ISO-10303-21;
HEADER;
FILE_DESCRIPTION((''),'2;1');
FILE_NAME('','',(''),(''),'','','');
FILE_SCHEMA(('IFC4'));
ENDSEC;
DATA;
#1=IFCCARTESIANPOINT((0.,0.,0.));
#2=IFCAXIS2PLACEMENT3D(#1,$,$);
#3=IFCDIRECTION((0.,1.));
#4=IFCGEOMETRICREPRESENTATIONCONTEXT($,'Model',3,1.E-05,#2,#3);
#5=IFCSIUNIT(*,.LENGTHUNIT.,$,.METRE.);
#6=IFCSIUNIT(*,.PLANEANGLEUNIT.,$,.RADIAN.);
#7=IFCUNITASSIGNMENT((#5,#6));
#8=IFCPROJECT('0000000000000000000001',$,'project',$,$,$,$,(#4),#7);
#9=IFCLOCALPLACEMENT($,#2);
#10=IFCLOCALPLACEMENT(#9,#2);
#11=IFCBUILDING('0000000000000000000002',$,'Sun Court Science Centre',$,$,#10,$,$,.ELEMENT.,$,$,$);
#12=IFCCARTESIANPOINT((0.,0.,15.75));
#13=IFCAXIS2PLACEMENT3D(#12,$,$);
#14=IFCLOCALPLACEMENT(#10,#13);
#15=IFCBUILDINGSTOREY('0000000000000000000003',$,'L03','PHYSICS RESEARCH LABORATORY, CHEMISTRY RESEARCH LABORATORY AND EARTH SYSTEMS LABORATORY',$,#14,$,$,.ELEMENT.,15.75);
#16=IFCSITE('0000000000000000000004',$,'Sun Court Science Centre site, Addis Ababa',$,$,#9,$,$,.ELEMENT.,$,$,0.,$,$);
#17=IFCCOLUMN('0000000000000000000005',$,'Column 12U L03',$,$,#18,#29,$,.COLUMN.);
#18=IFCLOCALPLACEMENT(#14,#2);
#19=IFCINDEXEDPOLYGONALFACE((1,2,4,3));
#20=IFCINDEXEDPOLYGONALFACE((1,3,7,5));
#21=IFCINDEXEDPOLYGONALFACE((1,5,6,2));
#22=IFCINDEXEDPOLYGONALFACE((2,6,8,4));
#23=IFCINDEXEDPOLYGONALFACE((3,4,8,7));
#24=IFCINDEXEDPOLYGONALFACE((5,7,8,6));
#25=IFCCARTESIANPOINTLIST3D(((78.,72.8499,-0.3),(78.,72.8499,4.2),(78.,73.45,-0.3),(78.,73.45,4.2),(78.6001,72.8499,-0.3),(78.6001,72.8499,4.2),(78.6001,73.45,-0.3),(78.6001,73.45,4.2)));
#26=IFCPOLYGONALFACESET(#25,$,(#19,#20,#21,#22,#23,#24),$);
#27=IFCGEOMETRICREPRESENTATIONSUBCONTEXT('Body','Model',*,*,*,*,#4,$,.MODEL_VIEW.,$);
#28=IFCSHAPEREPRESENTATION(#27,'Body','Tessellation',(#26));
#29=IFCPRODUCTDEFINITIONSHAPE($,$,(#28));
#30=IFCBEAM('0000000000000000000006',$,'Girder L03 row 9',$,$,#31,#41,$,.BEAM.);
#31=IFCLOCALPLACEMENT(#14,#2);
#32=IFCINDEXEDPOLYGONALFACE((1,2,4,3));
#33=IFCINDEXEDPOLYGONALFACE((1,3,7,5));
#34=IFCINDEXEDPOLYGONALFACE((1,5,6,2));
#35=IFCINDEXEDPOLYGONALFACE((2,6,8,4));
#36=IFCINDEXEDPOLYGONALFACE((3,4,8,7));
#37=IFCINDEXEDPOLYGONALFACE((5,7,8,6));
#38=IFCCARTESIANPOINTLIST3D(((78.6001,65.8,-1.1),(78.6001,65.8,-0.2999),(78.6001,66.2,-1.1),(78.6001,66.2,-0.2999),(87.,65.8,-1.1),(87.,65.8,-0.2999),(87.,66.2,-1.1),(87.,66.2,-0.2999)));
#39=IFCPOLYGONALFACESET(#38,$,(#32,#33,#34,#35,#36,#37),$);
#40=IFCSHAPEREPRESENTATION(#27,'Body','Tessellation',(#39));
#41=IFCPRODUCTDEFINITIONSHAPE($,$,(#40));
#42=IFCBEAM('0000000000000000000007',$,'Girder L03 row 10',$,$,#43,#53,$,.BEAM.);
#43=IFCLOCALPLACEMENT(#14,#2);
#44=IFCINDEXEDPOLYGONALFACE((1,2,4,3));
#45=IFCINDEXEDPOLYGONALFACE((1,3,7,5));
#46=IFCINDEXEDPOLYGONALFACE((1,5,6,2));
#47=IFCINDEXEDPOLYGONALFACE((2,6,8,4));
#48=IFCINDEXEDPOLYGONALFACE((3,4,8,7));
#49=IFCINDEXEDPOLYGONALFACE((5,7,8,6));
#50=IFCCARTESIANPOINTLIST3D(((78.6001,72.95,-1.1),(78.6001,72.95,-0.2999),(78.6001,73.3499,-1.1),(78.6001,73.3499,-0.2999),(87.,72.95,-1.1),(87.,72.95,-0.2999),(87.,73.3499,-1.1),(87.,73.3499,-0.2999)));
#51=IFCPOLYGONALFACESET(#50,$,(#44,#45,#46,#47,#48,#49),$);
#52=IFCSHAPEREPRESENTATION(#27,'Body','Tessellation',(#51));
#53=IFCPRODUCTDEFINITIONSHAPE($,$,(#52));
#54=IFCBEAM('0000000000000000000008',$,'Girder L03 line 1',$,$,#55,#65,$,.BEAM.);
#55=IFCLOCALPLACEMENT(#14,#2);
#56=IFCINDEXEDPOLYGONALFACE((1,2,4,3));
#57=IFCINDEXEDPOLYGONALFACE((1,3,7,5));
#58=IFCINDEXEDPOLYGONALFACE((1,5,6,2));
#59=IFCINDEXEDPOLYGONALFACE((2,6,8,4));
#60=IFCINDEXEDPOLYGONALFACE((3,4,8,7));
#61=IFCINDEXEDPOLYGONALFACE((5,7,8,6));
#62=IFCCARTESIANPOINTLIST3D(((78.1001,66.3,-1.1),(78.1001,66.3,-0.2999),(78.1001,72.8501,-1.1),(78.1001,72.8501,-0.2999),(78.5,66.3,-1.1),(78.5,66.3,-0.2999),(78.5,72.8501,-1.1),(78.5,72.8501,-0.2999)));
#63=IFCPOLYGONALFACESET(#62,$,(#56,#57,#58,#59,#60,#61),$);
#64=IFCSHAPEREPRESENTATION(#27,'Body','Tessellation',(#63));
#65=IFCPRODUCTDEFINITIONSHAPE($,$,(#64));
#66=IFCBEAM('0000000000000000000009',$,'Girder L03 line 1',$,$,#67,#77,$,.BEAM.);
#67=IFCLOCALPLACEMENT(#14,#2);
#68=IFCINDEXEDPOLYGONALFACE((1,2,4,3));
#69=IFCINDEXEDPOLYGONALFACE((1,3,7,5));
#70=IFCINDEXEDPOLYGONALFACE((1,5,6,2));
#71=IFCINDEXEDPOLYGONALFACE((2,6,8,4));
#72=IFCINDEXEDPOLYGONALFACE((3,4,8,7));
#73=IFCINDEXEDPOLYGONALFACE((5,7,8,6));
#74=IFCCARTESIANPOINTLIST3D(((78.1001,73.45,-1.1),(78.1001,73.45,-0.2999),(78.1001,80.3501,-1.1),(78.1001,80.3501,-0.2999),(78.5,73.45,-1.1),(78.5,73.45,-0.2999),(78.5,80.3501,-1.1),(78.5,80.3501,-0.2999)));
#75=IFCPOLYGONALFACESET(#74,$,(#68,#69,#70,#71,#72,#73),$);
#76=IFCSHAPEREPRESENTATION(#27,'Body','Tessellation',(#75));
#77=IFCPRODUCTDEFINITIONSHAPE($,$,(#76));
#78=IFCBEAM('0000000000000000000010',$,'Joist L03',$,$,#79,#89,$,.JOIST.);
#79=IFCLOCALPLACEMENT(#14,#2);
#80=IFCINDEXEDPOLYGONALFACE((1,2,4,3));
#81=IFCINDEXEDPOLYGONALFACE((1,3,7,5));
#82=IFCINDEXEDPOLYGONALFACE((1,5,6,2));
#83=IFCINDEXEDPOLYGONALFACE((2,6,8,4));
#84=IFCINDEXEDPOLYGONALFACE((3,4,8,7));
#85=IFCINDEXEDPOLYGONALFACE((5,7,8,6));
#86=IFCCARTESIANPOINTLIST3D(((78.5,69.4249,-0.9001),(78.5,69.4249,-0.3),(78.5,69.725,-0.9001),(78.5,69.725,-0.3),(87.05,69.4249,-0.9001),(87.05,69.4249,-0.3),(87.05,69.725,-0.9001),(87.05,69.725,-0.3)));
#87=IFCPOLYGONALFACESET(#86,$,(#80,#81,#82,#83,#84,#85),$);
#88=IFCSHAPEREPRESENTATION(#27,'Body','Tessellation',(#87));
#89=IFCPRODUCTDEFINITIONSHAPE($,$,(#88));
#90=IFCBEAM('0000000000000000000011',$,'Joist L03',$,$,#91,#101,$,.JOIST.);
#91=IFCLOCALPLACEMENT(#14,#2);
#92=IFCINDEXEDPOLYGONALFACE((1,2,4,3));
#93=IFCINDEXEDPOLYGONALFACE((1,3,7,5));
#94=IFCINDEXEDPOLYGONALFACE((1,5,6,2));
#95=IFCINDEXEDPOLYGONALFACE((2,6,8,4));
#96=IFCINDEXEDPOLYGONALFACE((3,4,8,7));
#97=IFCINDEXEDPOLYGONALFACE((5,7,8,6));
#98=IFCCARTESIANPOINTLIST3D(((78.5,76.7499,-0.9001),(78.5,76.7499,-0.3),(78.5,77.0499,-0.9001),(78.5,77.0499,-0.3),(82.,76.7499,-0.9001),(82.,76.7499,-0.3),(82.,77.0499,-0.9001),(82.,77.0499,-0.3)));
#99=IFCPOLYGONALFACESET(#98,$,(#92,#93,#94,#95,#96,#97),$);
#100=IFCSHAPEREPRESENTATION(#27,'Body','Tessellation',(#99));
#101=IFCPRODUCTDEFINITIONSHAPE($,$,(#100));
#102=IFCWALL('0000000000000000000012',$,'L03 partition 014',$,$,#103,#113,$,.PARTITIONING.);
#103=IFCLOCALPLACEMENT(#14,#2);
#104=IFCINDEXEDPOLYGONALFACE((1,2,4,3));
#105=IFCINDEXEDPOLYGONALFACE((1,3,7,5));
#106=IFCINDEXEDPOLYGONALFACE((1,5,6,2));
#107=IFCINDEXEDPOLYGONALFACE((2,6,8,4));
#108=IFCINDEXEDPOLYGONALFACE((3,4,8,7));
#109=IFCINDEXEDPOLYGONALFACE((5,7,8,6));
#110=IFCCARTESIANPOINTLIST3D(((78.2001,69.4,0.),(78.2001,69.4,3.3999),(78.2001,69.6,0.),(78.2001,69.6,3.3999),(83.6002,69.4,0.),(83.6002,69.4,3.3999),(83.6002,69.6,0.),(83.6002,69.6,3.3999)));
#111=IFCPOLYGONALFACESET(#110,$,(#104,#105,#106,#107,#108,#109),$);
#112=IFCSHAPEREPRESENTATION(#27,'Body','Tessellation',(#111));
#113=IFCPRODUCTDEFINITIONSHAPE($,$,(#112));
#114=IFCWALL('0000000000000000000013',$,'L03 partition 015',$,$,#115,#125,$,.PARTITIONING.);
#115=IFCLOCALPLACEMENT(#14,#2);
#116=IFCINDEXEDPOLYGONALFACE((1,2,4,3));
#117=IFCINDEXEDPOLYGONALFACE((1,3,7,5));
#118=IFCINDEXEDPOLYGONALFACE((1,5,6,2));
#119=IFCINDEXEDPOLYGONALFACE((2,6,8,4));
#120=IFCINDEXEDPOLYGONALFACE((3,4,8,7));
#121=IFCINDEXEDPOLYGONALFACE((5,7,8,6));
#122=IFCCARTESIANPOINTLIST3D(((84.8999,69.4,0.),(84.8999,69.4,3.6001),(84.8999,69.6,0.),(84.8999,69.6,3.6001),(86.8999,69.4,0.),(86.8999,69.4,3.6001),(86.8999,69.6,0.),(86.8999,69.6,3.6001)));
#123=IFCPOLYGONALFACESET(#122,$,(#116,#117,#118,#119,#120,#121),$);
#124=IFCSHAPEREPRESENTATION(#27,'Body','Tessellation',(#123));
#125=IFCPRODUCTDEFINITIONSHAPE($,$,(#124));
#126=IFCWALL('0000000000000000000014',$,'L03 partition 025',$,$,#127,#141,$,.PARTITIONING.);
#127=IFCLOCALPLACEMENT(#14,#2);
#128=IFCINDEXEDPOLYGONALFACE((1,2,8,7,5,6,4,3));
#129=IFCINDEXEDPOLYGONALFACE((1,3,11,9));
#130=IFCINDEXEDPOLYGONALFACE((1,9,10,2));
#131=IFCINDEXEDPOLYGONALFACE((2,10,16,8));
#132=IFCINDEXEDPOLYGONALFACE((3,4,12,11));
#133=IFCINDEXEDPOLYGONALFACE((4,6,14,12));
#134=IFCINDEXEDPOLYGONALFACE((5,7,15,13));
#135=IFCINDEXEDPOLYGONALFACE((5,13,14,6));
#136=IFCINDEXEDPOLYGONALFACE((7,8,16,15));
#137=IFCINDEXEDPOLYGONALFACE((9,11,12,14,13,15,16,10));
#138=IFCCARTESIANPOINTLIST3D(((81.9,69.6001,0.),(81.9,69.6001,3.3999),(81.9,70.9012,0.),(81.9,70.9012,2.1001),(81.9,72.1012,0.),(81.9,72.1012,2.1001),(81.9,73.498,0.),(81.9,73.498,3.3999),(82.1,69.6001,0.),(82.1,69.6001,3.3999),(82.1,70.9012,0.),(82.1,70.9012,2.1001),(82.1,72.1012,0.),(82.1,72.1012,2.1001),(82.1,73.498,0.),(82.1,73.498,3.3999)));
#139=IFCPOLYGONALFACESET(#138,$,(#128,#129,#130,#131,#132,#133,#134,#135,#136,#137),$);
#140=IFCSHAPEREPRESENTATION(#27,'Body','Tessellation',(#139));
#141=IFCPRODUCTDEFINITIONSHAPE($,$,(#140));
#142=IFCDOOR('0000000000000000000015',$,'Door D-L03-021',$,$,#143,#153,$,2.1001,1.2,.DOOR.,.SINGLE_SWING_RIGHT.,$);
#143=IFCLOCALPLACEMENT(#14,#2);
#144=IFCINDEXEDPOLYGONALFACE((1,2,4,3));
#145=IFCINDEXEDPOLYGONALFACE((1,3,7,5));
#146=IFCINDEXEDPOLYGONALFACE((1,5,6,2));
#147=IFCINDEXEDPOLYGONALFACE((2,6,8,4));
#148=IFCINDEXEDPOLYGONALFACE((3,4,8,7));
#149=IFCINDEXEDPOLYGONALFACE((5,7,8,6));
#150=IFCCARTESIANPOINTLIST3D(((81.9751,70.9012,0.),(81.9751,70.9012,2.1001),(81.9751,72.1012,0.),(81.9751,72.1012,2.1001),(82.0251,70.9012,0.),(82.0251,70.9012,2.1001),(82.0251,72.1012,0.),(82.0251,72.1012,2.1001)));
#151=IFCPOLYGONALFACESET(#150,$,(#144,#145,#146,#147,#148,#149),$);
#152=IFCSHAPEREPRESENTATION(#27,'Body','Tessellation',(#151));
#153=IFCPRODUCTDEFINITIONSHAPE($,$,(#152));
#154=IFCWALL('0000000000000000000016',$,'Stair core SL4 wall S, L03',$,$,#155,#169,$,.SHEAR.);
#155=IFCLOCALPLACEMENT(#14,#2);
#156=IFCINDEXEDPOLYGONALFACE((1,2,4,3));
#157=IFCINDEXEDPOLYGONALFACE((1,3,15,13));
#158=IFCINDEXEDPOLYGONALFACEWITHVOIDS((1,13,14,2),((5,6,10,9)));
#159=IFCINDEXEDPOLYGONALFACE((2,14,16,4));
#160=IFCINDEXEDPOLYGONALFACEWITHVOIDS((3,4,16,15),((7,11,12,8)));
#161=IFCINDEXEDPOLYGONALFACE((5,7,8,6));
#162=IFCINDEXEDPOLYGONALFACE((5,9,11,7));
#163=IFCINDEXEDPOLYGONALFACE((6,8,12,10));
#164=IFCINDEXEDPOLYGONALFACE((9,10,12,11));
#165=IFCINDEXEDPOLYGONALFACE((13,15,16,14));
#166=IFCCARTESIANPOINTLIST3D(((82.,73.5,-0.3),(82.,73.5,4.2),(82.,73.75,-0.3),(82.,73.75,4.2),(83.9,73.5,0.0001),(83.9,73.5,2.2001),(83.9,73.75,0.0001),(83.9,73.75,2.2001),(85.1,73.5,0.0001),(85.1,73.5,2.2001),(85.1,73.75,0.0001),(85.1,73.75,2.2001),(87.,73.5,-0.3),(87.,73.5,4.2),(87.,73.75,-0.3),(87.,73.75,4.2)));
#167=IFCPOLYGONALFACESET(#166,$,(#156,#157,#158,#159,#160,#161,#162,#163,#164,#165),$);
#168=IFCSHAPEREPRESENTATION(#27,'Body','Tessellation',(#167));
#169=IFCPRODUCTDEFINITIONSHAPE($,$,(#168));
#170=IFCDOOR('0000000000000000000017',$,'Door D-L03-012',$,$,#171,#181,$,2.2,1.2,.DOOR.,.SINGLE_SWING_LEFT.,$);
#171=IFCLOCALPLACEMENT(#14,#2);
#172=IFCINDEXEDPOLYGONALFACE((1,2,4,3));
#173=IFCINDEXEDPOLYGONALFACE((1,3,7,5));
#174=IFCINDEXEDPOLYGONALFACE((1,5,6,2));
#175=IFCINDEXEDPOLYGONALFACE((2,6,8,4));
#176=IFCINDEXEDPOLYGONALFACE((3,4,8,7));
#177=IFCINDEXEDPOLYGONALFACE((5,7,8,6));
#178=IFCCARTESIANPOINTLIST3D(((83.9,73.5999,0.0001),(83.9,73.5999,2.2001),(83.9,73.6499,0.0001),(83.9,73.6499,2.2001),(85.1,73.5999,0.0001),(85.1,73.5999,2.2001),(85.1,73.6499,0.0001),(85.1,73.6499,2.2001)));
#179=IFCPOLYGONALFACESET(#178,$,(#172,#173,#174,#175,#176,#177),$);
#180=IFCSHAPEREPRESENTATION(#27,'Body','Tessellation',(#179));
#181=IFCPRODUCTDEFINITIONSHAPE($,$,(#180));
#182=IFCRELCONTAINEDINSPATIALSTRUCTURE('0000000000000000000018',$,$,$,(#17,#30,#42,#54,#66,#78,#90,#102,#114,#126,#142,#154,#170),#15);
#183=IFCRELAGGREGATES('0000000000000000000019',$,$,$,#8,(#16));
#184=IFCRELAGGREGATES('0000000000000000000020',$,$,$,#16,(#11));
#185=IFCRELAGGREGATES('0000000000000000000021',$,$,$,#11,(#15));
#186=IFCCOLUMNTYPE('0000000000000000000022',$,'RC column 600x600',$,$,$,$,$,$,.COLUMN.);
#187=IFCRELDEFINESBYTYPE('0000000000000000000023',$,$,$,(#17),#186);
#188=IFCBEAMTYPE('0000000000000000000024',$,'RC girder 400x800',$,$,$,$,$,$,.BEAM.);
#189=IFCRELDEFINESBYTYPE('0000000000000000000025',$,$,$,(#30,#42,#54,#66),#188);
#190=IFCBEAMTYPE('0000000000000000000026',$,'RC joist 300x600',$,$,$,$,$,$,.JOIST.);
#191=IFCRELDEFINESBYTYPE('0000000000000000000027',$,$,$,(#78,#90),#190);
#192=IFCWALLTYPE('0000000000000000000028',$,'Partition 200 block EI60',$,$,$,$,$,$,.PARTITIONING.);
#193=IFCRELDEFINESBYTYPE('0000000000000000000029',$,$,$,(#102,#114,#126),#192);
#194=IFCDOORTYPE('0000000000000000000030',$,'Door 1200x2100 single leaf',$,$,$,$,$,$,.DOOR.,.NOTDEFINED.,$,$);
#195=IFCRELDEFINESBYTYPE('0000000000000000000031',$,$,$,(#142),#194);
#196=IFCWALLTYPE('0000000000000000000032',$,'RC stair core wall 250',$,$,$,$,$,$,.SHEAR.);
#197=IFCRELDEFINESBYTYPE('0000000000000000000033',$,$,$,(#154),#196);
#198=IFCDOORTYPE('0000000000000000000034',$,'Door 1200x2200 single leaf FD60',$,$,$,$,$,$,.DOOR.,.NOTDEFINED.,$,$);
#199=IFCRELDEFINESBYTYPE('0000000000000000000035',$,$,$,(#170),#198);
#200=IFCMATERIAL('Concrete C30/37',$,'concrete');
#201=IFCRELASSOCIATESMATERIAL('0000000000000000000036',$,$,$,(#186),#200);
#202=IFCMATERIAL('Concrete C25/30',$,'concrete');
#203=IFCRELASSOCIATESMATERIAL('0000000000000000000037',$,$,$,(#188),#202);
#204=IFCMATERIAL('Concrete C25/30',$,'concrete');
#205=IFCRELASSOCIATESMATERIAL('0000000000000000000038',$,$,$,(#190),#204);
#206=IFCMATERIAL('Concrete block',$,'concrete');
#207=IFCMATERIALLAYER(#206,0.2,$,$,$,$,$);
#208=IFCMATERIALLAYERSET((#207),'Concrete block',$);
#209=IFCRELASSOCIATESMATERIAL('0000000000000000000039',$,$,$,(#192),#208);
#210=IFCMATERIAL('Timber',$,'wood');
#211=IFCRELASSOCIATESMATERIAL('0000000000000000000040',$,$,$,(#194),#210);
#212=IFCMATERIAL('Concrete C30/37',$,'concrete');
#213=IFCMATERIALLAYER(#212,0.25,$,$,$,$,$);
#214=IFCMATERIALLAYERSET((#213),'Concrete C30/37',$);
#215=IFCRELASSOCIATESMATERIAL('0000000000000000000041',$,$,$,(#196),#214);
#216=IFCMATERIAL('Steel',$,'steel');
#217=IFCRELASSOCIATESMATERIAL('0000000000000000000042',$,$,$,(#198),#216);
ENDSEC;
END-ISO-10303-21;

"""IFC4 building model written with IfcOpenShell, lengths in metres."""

from ifc_helpers import new_model, si_unit, direction, frame, frame_2d, origin, origin_2d, place, context, subcontext, project, spatial, rectangle, extrude, material, layer, layer_set, material_profile, profile_set, type_object, element, fill, save


model = new_model("IFC4")

# Units and contexts
model_context = context("Model", 3, precision=1e-05, world=origin(), true_north=direction((0.0, 1.0)))
body_context = subcontext(model_context, "Body", "Model", "MODEL_VIEW")
ifc_project = project(units=[si_unit("LENGTHUNIT", "METRE"), si_unit("PLANEANGLEUNIT", "RADIAN")], contexts=[model_context])

# Site, building, storey
site_placement = place(None, origin())
site = spatial("IfcSite", under=ifc_project, at=site_placement, Name="Sun Court Science Centre site, Addis Ababa", CompositionType="ELEMENT", RefElevation=0.0)
building_placement = place(site_placement, origin())
building = spatial("IfcBuilding", under=site, at=building_placement, Name="Sun Court Science Centre", CompositionType="ELEMENT")
storey_placement = place(building_placement, frame((0.0, 0.0, 15.75)))
storey = spatial("IfcBuildingStorey", under=building, at=storey_placement, Name="L03", Description="PHYSICS RESEARCH LABORATORY, CHEMISTRY RESEARCH LABORATORY AND EARTH SYSTEMS LABORATORY", CompositionType="ELEMENT", Elevation=15.75)

# Column
ifc_material_1 = material(Name="Concrete C30/37", Category="concrete")
ifc_material_profile_1 = material_profile(ifc_material_1, rectangle(XDim=0.6001, YDim=0.6001, at=origin_2d()), Name="RC 600x600")
ifc_profile_set_1 = profile_set([ifc_material_profile_1], Name="Concrete C30/37")
column_type = type_object("IfcColumnType", Name="RC column 600x600", PredefinedType="COLUMN", material=ifc_profile_set_1)
column_placement = place(storey_placement, frame((78.3, 73.1499, -0.3), z_axis=(0.0, 0.0, 1.0), x_axis=(1.0, 0.0, 0.0)))
element("IfcColumn", 1, at=column_placement, inside=storey, type_object=column_type, Name="Column 12U L03", PredefinedType="COLUMN", context=body_context, shape_type="SweptSolid", body=[
    extrude(rectangle(XDim=0.6001, YDim=0.6001, at=origin_2d()), origin(), (0.0, 0.0, 1.0), 4.5),
])

# Beams
ifc_material_2 = material(Name="Concrete C25/30", Category="concrete")
ifc_material_profile_2 = material_profile(ifc_material_2, rectangle(XDim=0.3999, YDim=0.8, at=origin_2d()), Name="RC 400x800")
ifc_profile_set_2 = profile_set([ifc_material_profile_2], Name="Concrete C25/30")
beam_type_1 = type_object("IfcBeamType", Name="RC girder 400x800", PredefinedType="BEAM", material=ifc_profile_set_2)
for number, where, z_axis, x_axis, name in (
    (2, (78.6001, 66.0, -0.7), (1.0, 0.0, 0.0), (0.0, 1.0, 0.0), "Girder L03 row 9"),
    (3, (78.6001, 73.1499, -0.7), (1.0, 0.0, 0.0), (0.0, 1.0, 0.0), "Girder L03 row 10"),
):
    element("IfcBeam", number, at=place(storey_placement, frame(where, z_axis=z_axis, x_axis=x_axis)), inside=storey, type_object=beam_type_1, Name=name, PredefinedType="BEAM", context=body_context, shape_type="SweptSolid", body=[
        extrude(rectangle(XDim=0.3999, YDim=0.8, at=origin_2d()), origin(), (0.0, 0.0, 1.0), 8.3999),
    ])
beam_1_placement = place(storey_placement, frame((78.3, 66.3, -0.7), z_axis=(0.0, 1.0, 0.0), x_axis=(-1.0, 0.0, 0.0)))
element("IfcBeam", 4, at=beam_1_placement, inside=storey, type_object=beam_type_1, Name="Girder L03 line 1", PredefinedType="BEAM", context=body_context, shape_type="SweptSolid", body=[
    extrude(rectangle(XDim=0.3999, YDim=0.8, at=origin_2d()), origin(), (0.0, 0.0, 1.0), 6.55),
])
beam_2_placement = place(storey_placement, frame((78.3, 73.45, -0.7), z_axis=(0.0, 1.0, 0.0), x_axis=(-1.0, 0.0, 0.0)))
element("IfcBeam", 5, at=beam_2_placement, inside=storey, type_object=beam_type_1, Name="Girder L03 line 1", PredefinedType="BEAM", context=body_context, shape_type="SweptSolid", body=[
    extrude(rectangle(XDim=0.3999, YDim=0.8, at=origin_2d()), origin(), (0.0, 0.0, 1.0), 6.9001),
])
ifc_material_3 = material(Name="Concrete C25/30", Category="concrete")
ifc_material_profile_3 = material_profile(ifc_material_3, rectangle(XDim=0.3, YDim=0.6001, at=origin_2d()), Name="RC 300x600")
ifc_profile_set_3 = profile_set([ifc_material_profile_3], Name="Concrete C25/30")
beam_type_2 = type_object("IfcBeamType", Name="RC joist 300x600", PredefinedType="JOIST", material=ifc_profile_set_3)
beam_3_placement = place(storey_placement, frame((78.5, 69.575, -0.6001), z_axis=(1.0, 0.0, 0.0), x_axis=(0.0, 1.0, 0.0)))
element("IfcBeam", 6, at=beam_3_placement, inside=storey, type_object=beam_type_2, Name="Joist L03", PredefinedType="JOIST", context=body_context, shape_type="SweptSolid", body=[
    extrude(rectangle(XDim=0.3, YDim=0.6001, at=origin_2d()), origin(), (0.0, 0.0, 1.0), 8.55),
])
beam_4_placement = place(storey_placement, frame((78.5, 76.8999, -0.6001), z_axis=(1.0, 0.0, 0.0), x_axis=(0.0, 1.0, 0.0)))
element("IfcBeam", 7, at=beam_4_placement, inside=storey, type_object=beam_type_2, Name="Joist L03", PredefinedType="JOIST", context=body_context, shape_type="SweptSolid", body=[
    extrude(rectangle(XDim=0.3, YDim=0.6001, at=origin_2d()), origin(), (0.0, 0.0, 1.0), 3.5),
])

# Walls
ifc_material_4 = material(Name="Concrete block", Category="concrete")
ifc_layer_1 = layer(ifc_material_4, 0.2)
ifc_layer_set_1 = layer_set([ifc_layer_1], Name="Concrete block")
wall_type_1 = type_object("IfcWallType", Name="Partition 200 block EI60", PredefinedType="PARTITIONING", material=ifc_layer_set_1)
wall_1_placement = place(storey_placement, frame((78.2, 69.5, 0.0), z_axis=(0.0, 0.0, 1.0), x_axis=(1.0, 0.0, 0.0)))
element("IfcWall", 8, at=wall_1_placement, inside=storey, type_object=wall_type_1, Name="L03 partition 014", PredefinedType="PARTITIONING", context=body_context, shape_type="SweptSolid", body=[
    extrude(rectangle(XDim=5.4001, YDim=0.2, at=frame_2d((2.7002, 0.0))), origin(), (0.0, 0.0, 1.0), 3.3999),
])
wall_2_placement = place(storey_placement, frame((84.8999, 69.5, 0.0), z_axis=(0.0, 0.0, 1.0), x_axis=(1.0, 0.0, 0.0)))
element("IfcWall", 9, at=wall_2_placement, inside=storey, type_object=wall_type_1, Name="L03 partition 015", PredefinedType="PARTITIONING", context=body_context, shape_type="SweptSolid", body=[
    extrude(rectangle(XDim=2.0, YDim=0.2, at=frame_2d((1.0, 0.0))), origin(), (0.0, 0.0, 1.0), 3.6001),
])

# Walls, openings, doors
wall_3_placement = place(storey_placement, frame((82.0, 69.6001, 0.0), z_axis=(0.0, 0.0, 1.0), x_axis=(0.0, 1.0, 0.0)))
wall_3 = element("IfcWall", 10, at=wall_3_placement, inside=storey, type_object=wall_type_1, Name="L03 partition 025", PredefinedType="PARTITIONING", context=body_context, shape_type="SweptSolid", body=[
    extrude(rectangle(XDim=3.8979, YDim=0.2, at=frame_2d((1.949, 0.0))), origin(), (0.0, 0.0, 1.0), 3.3999),
])
opening_1_placement = place(wall_3_placement, frame((1.301, 0.0, 0.0)))
opening_1 = element("IfcOpeningElement", 11, at=opening_1_placement, cuts=wall_3, PredefinedType="OPENING", context=body_context, shape_type="SweptSolid", body=[
    extrude(rectangle(XDim=1.2, YDim=2.1001, at=frame_2d((0.6001, 1.05))), frame((0.0, 0.1099, 0.0), z_axis=(0.0, -1.0, 0.0), x_axis=(1.0, 0.0, 0.0)), (0.0, 0.0, 1.0), 0.22),
])
ifc_material_5 = material(Name="Timber", Category="wood")
door_type_1 = type_object("IfcDoorType", Name="Door 1200x2100 single leaf", OperationType="NOTDEFINED", PredefinedType="DOOR", material=ifc_material_5)
door_1_placement = place(opening_1_placement, origin())
door_1 = element("IfcDoor", 12, at=door_1_placement, inside=storey, type_object=door_type_1, Name="Door D-L03-021", OperationType="SINGLE_SWING_RIGHT", OverallHeight=2.1001, OverallWidth=1.2, PredefinedType="DOOR", context=body_context, shape_type="SweptSolid", body=[
    extrude(rectangle(XDim=1.2, YDim=2.1001, at=frame_2d((0.6001, 1.05))), frame((0.0, 0.0249, 0.0), z_axis=(0.0, -1.0, 0.0), x_axis=(1.0, 0.0, 0.0)), (0.0, 0.0, 1.0), 0.05),
])
fill(opening_1, door_1)
ifc_material_6 = material(Name="Concrete C30/37", Category="concrete")
ifc_layer_2 = layer(ifc_material_6, 0.25)
ifc_layer_set_2 = layer_set([ifc_layer_2], Name="Concrete C30/37")
wall_type_2 = type_object("IfcWallType", Name="RC stair core wall 250", PredefinedType="SHEAR", material=ifc_layer_set_2)
wall_4_placement = place(storey_placement, frame((82.0, 73.625, -0.3), z_axis=(0.0, 0.0, 1.0), x_axis=(1.0, 0.0, 0.0)))
wall_4 = element("IfcWall", 13, at=wall_4_placement, inside=storey, type_object=wall_type_2, Name="Stair core SL4 wall S, L03", PredefinedType="SHEAR", context=body_context, shape_type="SweptSolid", body=[
    extrude(rectangle(XDim=5.0, YDim=0.25, at=frame_2d((2.5, 0.0))), origin(), (0.0, 0.0, 1.0), 4.5),
])
opening_2_placement = place(wall_4_placement, frame((1.8999, 0.0, 0.3)))
opening_2 = element("IfcOpeningElement", 14, at=opening_2_placement, cuts=wall_4, PredefinedType="OPENING", context=body_context, shape_type="SweptSolid", body=[
    extrude(rectangle(XDim=1.2, YDim=2.2, at=frame_2d((0.6001, 1.1001))), frame((0.0, 0.135, 0.0), z_axis=(0.0, -1.0, 0.0), x_axis=(1.0, 0.0, 0.0)), (0.0, 0.0, 1.0), 0.27),
])
ifc_material_7 = material(Name="Steel", Category="steel")
door_type_2 = type_object("IfcDoorType", Name="Door 1200x2200 single leaf FD60", OperationType="NOTDEFINED", PredefinedType="DOOR", material=ifc_material_7)
door_2_placement = place(opening_2_placement, origin())
door_2 = element("IfcDoor", 15, at=door_2_placement, inside=storey, type_object=door_type_2, Name="Door D-L03-012", OperationType="SINGLE_SWING_LEFT", OverallHeight=2.2, OverallWidth=1.2, PredefinedType="DOOR", context=body_context, shape_type="SweptSolid", body=[
    extrude(rectangle(XDim=1.2, YDim=2.2, at=frame_2d((0.6001, 1.1001))), frame((0.0, 0.0249, 0.0), z_axis=(0.0, -1.0, 0.0), x_axis=(1.0, 0.0, 0.0)), (0.0, 0.0, 1.0), 0.05),
])
fill(opening_2, door_2)

save(model, "model.ifc")
